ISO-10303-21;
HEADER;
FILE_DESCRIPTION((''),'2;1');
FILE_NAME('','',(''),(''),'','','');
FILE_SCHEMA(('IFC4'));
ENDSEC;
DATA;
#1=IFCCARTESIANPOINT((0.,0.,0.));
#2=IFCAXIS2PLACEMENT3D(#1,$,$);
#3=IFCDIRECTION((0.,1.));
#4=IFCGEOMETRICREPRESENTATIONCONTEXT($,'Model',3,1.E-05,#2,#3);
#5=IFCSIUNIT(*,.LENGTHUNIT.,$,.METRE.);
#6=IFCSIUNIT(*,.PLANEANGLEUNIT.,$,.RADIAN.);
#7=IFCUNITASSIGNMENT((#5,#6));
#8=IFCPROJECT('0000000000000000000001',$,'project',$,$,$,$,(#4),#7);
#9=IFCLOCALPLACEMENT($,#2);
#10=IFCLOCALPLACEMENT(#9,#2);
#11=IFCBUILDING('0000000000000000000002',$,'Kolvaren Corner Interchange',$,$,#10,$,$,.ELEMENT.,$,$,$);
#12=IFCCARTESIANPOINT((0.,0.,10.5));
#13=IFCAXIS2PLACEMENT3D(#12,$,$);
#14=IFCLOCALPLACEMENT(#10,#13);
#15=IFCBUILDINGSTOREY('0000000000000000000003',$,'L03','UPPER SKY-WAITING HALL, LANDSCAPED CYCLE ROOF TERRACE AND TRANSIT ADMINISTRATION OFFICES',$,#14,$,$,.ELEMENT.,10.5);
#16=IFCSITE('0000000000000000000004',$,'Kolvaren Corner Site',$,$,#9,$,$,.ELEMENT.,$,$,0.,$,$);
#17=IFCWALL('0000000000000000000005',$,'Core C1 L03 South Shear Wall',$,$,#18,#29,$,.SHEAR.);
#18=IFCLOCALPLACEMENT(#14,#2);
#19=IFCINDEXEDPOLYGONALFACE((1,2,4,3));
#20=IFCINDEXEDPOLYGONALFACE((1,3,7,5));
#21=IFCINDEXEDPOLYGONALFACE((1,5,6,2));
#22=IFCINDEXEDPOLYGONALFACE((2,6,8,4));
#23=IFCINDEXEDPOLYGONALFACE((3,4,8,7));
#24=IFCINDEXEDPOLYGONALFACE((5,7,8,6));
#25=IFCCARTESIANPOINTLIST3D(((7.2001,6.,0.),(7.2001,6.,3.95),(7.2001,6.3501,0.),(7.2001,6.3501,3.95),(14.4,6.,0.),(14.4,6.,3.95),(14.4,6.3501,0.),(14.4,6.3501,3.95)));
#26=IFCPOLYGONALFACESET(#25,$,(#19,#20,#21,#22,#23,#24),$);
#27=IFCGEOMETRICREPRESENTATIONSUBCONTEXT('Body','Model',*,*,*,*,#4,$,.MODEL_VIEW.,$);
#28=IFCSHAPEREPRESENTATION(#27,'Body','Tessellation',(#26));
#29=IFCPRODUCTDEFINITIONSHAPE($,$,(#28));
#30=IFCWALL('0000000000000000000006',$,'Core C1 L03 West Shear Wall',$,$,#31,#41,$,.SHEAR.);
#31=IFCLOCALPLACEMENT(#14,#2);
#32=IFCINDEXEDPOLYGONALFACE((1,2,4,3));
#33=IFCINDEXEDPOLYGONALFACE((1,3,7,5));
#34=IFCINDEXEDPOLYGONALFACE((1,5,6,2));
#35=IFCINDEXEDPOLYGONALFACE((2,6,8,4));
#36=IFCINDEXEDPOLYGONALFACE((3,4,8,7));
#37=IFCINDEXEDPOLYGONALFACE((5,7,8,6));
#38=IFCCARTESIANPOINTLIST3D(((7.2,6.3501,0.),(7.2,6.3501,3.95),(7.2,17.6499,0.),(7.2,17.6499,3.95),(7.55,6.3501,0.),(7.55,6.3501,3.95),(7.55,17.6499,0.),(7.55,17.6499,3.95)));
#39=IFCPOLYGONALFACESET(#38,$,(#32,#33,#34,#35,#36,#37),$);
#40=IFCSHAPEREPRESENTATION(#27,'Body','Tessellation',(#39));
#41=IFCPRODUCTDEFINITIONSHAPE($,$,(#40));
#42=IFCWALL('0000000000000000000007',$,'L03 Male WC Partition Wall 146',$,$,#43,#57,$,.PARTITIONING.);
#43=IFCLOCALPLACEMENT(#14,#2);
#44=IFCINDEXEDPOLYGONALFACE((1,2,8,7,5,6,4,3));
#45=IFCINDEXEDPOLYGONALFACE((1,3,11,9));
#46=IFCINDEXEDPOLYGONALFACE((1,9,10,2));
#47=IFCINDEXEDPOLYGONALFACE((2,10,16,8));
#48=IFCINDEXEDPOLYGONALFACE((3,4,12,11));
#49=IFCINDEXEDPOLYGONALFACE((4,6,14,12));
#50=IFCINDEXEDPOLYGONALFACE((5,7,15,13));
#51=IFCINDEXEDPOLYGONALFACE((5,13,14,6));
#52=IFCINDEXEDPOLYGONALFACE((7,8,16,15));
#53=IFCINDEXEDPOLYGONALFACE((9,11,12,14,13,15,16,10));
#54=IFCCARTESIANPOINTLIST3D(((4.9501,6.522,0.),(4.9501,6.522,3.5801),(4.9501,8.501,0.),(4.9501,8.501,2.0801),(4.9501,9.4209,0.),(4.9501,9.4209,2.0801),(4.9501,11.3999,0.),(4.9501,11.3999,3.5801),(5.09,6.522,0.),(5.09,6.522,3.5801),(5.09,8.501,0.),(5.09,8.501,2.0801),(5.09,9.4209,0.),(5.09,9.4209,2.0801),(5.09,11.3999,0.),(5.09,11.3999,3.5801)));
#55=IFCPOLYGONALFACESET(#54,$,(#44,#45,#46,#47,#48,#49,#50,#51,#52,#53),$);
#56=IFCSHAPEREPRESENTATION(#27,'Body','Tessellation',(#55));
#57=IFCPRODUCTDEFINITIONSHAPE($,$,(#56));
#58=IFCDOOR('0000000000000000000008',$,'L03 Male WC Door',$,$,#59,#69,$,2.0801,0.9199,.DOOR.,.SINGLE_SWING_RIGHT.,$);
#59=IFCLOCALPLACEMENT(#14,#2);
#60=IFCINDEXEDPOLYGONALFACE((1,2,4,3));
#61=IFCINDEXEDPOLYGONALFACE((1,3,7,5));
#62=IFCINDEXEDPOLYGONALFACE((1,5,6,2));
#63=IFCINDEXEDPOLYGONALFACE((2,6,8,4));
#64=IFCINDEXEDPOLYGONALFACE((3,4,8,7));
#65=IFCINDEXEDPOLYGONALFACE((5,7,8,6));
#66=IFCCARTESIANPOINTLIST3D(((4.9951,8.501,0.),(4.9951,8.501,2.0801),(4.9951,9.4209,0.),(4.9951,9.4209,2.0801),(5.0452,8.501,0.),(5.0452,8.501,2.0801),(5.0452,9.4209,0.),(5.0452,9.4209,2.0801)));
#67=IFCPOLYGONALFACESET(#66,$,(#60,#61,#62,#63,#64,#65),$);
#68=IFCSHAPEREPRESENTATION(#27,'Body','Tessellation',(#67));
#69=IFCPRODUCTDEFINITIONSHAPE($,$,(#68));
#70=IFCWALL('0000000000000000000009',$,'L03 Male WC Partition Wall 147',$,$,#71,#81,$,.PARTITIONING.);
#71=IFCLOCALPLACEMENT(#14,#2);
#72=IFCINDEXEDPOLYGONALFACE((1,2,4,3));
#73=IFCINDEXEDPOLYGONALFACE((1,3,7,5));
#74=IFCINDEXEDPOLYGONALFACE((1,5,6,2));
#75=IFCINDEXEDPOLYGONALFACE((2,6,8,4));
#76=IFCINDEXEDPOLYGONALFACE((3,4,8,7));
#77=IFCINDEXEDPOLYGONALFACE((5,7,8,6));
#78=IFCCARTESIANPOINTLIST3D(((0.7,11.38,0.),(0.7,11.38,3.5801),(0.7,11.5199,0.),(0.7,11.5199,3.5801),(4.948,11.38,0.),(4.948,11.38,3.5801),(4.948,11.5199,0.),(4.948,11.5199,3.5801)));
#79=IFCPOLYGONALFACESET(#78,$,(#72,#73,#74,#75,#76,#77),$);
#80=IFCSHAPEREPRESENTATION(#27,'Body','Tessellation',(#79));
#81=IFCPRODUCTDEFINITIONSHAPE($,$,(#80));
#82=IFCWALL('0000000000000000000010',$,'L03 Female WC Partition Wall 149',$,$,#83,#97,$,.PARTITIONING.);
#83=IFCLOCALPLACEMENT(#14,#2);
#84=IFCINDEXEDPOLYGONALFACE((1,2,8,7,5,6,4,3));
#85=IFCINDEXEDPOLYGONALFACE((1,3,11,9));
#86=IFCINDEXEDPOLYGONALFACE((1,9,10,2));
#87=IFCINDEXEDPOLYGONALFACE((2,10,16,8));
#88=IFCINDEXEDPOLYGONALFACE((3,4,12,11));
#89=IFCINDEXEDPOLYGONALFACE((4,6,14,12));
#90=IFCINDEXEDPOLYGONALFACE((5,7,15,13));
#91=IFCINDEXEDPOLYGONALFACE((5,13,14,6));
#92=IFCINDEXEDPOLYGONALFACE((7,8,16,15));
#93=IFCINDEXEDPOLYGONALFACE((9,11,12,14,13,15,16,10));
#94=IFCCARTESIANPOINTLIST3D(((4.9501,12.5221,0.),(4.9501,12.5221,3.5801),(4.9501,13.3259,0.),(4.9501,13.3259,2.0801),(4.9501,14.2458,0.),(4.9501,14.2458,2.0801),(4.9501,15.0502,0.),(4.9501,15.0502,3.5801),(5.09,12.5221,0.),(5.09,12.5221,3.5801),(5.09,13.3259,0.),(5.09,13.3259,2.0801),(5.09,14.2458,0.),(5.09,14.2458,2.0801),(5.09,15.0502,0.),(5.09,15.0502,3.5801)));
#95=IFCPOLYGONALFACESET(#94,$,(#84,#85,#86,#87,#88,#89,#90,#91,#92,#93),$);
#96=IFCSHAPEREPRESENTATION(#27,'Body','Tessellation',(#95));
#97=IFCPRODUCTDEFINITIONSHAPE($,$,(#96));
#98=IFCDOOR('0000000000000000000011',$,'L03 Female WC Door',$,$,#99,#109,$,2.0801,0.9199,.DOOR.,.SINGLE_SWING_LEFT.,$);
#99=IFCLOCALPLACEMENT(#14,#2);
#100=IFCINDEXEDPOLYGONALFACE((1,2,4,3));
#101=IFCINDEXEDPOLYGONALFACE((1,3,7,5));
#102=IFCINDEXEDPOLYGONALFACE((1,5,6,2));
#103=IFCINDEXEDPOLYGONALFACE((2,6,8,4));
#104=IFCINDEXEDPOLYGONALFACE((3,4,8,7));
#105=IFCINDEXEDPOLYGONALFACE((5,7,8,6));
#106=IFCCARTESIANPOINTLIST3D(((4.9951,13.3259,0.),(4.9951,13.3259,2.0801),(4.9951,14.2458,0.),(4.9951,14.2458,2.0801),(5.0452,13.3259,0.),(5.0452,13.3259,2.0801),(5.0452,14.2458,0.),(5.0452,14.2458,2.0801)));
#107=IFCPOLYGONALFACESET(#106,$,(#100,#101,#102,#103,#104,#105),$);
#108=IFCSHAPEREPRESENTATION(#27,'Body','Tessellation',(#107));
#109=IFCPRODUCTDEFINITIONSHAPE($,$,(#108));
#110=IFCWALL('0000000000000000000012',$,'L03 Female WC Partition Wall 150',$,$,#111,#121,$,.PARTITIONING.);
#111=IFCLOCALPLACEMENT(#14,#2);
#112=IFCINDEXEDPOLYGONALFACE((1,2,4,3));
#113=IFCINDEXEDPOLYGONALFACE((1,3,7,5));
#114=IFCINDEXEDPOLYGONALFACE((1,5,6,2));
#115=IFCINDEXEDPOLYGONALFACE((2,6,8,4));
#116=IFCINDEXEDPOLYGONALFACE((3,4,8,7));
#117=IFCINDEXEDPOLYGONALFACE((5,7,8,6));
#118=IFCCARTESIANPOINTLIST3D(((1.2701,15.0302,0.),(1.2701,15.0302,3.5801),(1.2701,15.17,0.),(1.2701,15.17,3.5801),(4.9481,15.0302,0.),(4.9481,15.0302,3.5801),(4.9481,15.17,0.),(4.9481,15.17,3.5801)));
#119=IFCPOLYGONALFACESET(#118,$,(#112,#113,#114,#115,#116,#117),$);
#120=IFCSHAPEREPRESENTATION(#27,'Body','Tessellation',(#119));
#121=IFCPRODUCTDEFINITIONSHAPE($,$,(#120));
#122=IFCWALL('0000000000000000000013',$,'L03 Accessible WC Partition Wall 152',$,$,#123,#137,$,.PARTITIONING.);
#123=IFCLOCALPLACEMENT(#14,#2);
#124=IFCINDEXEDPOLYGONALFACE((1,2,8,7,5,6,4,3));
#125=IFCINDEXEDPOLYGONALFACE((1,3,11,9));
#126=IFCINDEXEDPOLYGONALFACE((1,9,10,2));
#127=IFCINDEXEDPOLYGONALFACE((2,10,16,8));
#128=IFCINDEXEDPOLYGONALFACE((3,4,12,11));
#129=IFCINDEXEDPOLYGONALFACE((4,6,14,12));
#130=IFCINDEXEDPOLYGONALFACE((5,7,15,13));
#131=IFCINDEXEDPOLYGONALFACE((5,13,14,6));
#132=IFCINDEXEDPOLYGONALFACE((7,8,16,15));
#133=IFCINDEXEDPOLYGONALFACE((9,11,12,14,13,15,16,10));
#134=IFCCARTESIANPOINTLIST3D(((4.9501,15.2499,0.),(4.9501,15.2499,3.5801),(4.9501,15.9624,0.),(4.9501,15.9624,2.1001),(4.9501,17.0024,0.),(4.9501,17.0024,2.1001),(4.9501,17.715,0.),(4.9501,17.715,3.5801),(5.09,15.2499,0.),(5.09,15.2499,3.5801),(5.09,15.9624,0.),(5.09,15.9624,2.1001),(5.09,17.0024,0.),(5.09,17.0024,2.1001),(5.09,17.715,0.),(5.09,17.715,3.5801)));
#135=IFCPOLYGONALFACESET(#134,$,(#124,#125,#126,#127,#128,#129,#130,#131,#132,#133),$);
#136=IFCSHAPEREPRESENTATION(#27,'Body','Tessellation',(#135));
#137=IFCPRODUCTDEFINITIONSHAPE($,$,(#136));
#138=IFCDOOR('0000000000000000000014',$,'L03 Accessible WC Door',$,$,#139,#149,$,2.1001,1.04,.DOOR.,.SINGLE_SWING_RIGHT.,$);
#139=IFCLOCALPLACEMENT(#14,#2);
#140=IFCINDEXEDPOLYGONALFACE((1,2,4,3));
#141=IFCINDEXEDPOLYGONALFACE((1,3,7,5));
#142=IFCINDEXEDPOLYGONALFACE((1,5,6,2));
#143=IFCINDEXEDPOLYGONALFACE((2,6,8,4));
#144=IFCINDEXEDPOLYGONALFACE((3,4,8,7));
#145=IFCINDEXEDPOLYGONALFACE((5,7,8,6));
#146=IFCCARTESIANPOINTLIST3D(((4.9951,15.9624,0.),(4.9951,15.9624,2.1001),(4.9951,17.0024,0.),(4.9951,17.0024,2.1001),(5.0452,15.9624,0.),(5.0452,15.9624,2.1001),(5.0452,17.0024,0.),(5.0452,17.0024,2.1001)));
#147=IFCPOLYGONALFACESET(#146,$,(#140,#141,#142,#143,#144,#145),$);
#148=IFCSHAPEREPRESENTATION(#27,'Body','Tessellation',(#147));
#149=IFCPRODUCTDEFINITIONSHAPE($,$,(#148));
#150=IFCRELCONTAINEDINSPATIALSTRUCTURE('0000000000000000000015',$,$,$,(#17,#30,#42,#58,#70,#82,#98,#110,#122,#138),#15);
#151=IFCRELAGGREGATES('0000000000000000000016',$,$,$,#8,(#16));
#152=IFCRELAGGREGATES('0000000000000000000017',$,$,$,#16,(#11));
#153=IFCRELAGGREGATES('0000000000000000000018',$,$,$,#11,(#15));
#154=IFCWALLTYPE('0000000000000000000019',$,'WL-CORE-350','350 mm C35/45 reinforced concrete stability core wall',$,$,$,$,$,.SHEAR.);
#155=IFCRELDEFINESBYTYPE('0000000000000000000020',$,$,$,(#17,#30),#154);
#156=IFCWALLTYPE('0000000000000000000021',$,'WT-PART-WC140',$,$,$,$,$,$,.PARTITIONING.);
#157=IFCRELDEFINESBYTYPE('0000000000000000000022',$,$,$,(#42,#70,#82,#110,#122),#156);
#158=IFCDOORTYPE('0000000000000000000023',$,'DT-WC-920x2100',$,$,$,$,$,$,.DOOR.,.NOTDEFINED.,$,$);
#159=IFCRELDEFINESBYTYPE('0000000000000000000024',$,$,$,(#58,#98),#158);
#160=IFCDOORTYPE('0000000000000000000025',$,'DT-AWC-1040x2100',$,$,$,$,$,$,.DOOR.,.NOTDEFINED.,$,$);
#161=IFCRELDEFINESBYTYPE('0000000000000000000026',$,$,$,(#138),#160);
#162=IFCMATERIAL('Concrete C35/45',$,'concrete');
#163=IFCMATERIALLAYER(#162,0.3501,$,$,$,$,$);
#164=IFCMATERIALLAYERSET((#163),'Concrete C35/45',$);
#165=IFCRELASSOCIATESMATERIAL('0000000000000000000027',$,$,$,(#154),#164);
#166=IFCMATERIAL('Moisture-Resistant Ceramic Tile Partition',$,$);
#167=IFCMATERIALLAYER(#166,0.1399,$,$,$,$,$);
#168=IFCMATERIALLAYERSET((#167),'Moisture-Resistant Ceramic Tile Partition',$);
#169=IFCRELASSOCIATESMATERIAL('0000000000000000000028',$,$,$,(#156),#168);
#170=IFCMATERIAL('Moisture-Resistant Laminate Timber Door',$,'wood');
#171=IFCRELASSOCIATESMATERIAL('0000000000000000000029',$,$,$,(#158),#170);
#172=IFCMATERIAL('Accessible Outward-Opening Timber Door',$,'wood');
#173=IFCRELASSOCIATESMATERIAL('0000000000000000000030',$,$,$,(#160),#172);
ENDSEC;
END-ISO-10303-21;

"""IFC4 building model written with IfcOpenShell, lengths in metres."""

from ifc_helpers import new_model, si_unit, direction, frame, frame_2d, origin, place, context, subcontext, project, spatial, rectangle, extrude, material, layer, layer_set, type_object, element, fill, save


model = new_model("IFC4")

# Units and contexts
model_context = context("Model", 3, precision=1e-05, world=origin(), true_north=direction((0.0, 1.0)))
body_context = subcontext(model_context, "Body", "Model", "MODEL_VIEW")
ifc_project = project(units=[si_unit("LENGTHUNIT", "METRE"), si_unit("PLANEANGLEUNIT", "RADIAN")], contexts=[model_context])

# Site, building, storey
site_placement = place(None, origin())
site = spatial("IfcSite", under=ifc_project, at=site_placement, Name="Kolvaren Corner Site", CompositionType="ELEMENT", RefElevation=0.0)
building_placement = place(site_placement, origin())
building = spatial("IfcBuilding", under=site, at=building_placement, Name="Kolvaren Corner Interchange", CompositionType="ELEMENT")
storey_placement = place(building_placement, frame((0.0, 0.0, 10.5)))
storey = spatial("IfcBuildingStorey", under=building, at=storey_placement, Name="L03", Description="UPPER SKY-WAITING HALL, LANDSCAPED CYCLE ROOF TERRACE AND TRANSIT ADMINISTRATION OFFICES", CompositionType="ELEMENT", Elevation=10.5)

# Wall
ifc_material_1 = material(Name="Concrete C35/45", Category="concrete")
ifc_layer_1 = layer(ifc_material_1, 0.3501)
ifc_layer_set_1 = layer_set([ifc_layer_1], Name="Concrete C35/45")
wall_type_1 = type_object("IfcWallType", Name="WL-CORE-350", Description="350 mm C35/45 reinforced concrete stability core wall", PredefinedType="SHEAR", material=ifc_layer_set_1)
wall_1_placement = place(storey_placement, frame((7.2, 6.175, 0.0), z_axis=(0.0, 0.0, 1.0), x_axis=(1.0, 0.0, 0.0)))
element("IfcWall", 1, at=wall_1_placement, inside=storey, type_object=wall_type_1, Name="Core C1 L03 South Shear Wall", PredefinedType="SHEAR", context=body_context, shape_type="SweptSolid", body=[
    extrude(rectangle(XDim=7.2, YDim=0.3501, at=frame_2d((3.6001, 0.0))), origin(), (0.0, 0.0, 1.0), 3.95),
])

# Wall
wall_2_placement = place(storey_placement, frame((7.375, 6.3501, 0.0), z_axis=(0.0, 0.0, 1.0), x_axis=(0.0, 1.0, 0.0)))
element("IfcWall", 2, at=wall_2_placement, inside=storey, type_object=wall_type_1, Name="Core C1 L03 West Shear Wall", PredefinedType="SHEAR", context=body_context, shape_type="SweptSolid", body=[
    extrude(rectangle(XDim=11.2998, YDim=0.3501, at=frame_2d((5.6499, 0.0))), origin(), (0.0, 0.0, 1.0), 3.95),
])

# Wall, opening, door
ifc_material_2 = material(Name="Moisture-Resistant Ceramic Tile Partition")
ifc_layer_2 = layer(ifc_material_2, 0.1399)
ifc_layer_set_2 = layer_set([ifc_layer_2], Name="Moisture-Resistant Ceramic Tile Partition")
wall_type_2 = type_object("IfcWallType", Name="WT-PART-WC140", PredefinedType="PARTITIONING", material=ifc_layer_set_2)
wall_3_placement = place(storey_placement, frame((5.02, 6.522, 0.0), z_axis=(0.0, 0.0, 1.0), x_axis=(0.0, 1.0, 0.0)))
wall_3 = element("IfcWall", 3, at=wall_3_placement, inside=storey, type_object=wall_type_2, Name="L03 Male WC Partition Wall 146", PredefinedType="PARTITIONING", context=body_context, shape_type="SweptSolid", body=[
    extrude(rectangle(XDim=4.8779, YDim=0.1399, at=frame_2d((2.439, 0.0))), origin(), (0.0, 0.0, 1.0), 3.5801),
])
opening_1_placement = place(wall_3_placement, frame((1.979, 0.0, 0.0)))
opening_1 = element("IfcOpeningElement", 4, at=opening_1_placement, cuts=wall_3, PredefinedType="OPENING", context=body_context, shape_type="SweptSolid", body=[
    extrude(rectangle(XDim=0.9199, YDim=2.0801, at=frame_2d((0.46, 1.04))), frame((0.0, 0.0798, 0.0), z_axis=(0.0, -1.0, 0.0), x_axis=(1.0, 0.0, 0.0)), (0.0, 0.0, 1.0), 0.1599),
])
ifc_material_3 = material(Name="Moisture-Resistant Laminate Timber Door", Category="wood")
door_type_1 = type_object("IfcDoorType", Name="DT-WC-920x2100", OperationType="NOTDEFINED", PredefinedType="DOOR", material=ifc_material_3)
door_1_placement = place(opening_1_placement, origin())
door_1 = element("IfcDoor", 5, at=door_1_placement, inside=storey, type_object=door_type_1, Name="L03 Male WC Door", OperationType="SINGLE_SWING_RIGHT", OverallHeight=2.0801, OverallWidth=0.9199, PredefinedType="DOOR", context=body_context, shape_type="SweptSolid", body=[
    extrude(rectangle(XDim=0.9199, YDim=2.0801, at=frame_2d((0.46, 1.04))), frame((0.0, 0.0249, 0.0), z_axis=(0.0, -1.0, 0.0), x_axis=(1.0, 0.0, 0.0)), (0.0, 0.0, 1.0), 0.05),
])
fill(opening_1, door_1)

# Wall
wall_4_placement = place(storey_placement, frame((4.948, 11.45, 0.0), z_axis=(0.0, 0.0, 1.0), x_axis=(-1.0, 0.0, 0.0)))
element("IfcWall", 6, at=wall_4_placement, inside=storey, type_object=wall_type_2, Name="L03 Male WC Partition Wall 147", PredefinedType="PARTITIONING", context=body_context, shape_type="SweptSolid", body=[
    extrude(rectangle(XDim=4.248, YDim=0.1399, at=frame_2d((2.124, 0.0))), origin(), (0.0, 0.0, 1.0), 3.5801),
])

# Wall, opening, door
wall_5_placement = place(storey_placement, frame((5.02, 12.522, 0.0), z_axis=(0.0, 0.0, 1.0), x_axis=(0.0, 1.0, 0.0)))
wall_5 = element("IfcWall", 7, at=wall_5_placement, inside=storey, type_object=wall_type_2, Name="L03 Female WC Partition Wall 149", PredefinedType="PARTITIONING", context=body_context, shape_type="SweptSolid", body=[
    extrude(rectangle(XDim=2.5281, YDim=0.1399, at=frame_2d((1.2642, 0.0))), origin(), (0.0, 0.0, 1.0), 3.5801),
])
opening_2_placement = place(wall_5_placement, frame((0.804, 0.0, 0.0)))
opening_2 = element("IfcOpeningElement", 8, at=opening_2_placement, cuts=wall_5, PredefinedType="OPENING", context=body_context, shape_type="SweptSolid", body=[
    extrude(rectangle(XDim=0.9199, YDim=2.0801, at=frame_2d((0.46, 1.04))), frame((0.0, 0.0798, 0.0), z_axis=(0.0, -1.0, 0.0), x_axis=(1.0, 0.0, 0.0)), (0.0, 0.0, 1.0), 0.1599),
])
door_2_placement = place(opening_2_placement, origin())
door_2 = element("IfcDoor", 9, at=door_2_placement, inside=storey, type_object=door_type_1, Name="L03 Female WC Door", OperationType="SINGLE_SWING_LEFT", OverallHeight=2.0801, OverallWidth=0.9199, PredefinedType="DOOR", context=body_context, shape_type="SweptSolid", body=[
    extrude(rectangle(XDim=0.9199, YDim=2.0801, at=frame_2d((0.46, 1.04))), frame((0.0, 0.0249, 0.0), z_axis=(0.0, -1.0, 0.0), x_axis=(1.0, 0.0, 0.0)), (0.0, 0.0, 1.0), 0.05),
])
fill(opening_2, door_2)

# Wall
wall_6_placement = place(storey_placement, frame((4.948, 15.1001, 0.0), z_axis=(0.0, 0.0, 1.0), x_axis=(-1.0, 0.0, 0.0)))
element("IfcWall", 10, at=wall_6_placement, inside=storey, type_object=wall_type_2, Name="L03 Female WC Partition Wall 150", PredefinedType="PARTITIONING", context=body_context, shape_type="SweptSolid", body=[
    extrude(rectangle(XDim=3.678, YDim=0.1399, at=frame_2d((1.8389, 0.0))), origin(), (0.0, 0.0, 1.0), 3.5801),
])

# Wall, opening, door
wall_7_placement = place(storey_placement, frame((5.02, 15.25, 0.0), z_axis=(0.0, 0.0, 1.0), x_axis=(0.0, 1.0, 0.0)))
wall_7 = element("IfcWall", 11, at=wall_7_placement, inside=storey, type_object=wall_type_2, Name="L03 Accessible WC Partition Wall 152", PredefinedType="PARTITIONING", context=body_context, shape_type="SweptSolid", body=[
    extrude(rectangle(XDim=2.4651, YDim=0.1399, at=frame_2d((1.2324, 0.0))), origin(), (0.0, 0.0, 1.0), 3.5801),
])
opening_3_placement = place(wall_7_placement, frame((0.7124, 0.0, 0.0)))
opening_3 = element("IfcOpeningElement", 12, at=opening_3_placement, cuts=wall_7, PredefinedType="OPENING", context=body_context, shape_type="SweptSolid", body=[
    extrude(rectangle(XDim=1.04, YDim=2.1001, at=frame_2d((0.52, 1.05))), frame((0.0, 0.0798, 0.0), z_axis=(0.0, -1.0, 0.0), x_axis=(1.0, 0.0, 0.0)), (0.0, 0.0, 1.0), 0.1599),
])
ifc_material_4 = material(Name="Accessible Outward-Opening Timber Door", Category="wood")
door_type_2 = type_object("IfcDoorType", Name="DT-AWC-1040x2100", OperationType="NOTDEFINED", PredefinedType="DOOR", material=ifc_material_4)
door_3_placement = place(opening_3_placement, origin())
door_3 = element("IfcDoor", 13, at=door_3_placement, inside=storey, type_object=door_type_2, Name="L03 Accessible WC Door", OperationType="SINGLE_SWING_RIGHT", OverallHeight=2.1001, OverallWidth=1.04, PredefinedType="DOOR", context=body_context, shape_type="SweptSolid", body=[
    extrude(rectangle(XDim=1.04, YDim=2.1001, at=frame_2d((0.52, 1.05))), frame((0.0, 0.0249, 0.0), z_axis=(0.0, -1.0, 0.0), x_axis=(1.0, 0.0, 0.0)), (0.0, 0.0, 1.0), 0.05),
])
fill(opening_3, door_3)

save(model, "model.ifc")
